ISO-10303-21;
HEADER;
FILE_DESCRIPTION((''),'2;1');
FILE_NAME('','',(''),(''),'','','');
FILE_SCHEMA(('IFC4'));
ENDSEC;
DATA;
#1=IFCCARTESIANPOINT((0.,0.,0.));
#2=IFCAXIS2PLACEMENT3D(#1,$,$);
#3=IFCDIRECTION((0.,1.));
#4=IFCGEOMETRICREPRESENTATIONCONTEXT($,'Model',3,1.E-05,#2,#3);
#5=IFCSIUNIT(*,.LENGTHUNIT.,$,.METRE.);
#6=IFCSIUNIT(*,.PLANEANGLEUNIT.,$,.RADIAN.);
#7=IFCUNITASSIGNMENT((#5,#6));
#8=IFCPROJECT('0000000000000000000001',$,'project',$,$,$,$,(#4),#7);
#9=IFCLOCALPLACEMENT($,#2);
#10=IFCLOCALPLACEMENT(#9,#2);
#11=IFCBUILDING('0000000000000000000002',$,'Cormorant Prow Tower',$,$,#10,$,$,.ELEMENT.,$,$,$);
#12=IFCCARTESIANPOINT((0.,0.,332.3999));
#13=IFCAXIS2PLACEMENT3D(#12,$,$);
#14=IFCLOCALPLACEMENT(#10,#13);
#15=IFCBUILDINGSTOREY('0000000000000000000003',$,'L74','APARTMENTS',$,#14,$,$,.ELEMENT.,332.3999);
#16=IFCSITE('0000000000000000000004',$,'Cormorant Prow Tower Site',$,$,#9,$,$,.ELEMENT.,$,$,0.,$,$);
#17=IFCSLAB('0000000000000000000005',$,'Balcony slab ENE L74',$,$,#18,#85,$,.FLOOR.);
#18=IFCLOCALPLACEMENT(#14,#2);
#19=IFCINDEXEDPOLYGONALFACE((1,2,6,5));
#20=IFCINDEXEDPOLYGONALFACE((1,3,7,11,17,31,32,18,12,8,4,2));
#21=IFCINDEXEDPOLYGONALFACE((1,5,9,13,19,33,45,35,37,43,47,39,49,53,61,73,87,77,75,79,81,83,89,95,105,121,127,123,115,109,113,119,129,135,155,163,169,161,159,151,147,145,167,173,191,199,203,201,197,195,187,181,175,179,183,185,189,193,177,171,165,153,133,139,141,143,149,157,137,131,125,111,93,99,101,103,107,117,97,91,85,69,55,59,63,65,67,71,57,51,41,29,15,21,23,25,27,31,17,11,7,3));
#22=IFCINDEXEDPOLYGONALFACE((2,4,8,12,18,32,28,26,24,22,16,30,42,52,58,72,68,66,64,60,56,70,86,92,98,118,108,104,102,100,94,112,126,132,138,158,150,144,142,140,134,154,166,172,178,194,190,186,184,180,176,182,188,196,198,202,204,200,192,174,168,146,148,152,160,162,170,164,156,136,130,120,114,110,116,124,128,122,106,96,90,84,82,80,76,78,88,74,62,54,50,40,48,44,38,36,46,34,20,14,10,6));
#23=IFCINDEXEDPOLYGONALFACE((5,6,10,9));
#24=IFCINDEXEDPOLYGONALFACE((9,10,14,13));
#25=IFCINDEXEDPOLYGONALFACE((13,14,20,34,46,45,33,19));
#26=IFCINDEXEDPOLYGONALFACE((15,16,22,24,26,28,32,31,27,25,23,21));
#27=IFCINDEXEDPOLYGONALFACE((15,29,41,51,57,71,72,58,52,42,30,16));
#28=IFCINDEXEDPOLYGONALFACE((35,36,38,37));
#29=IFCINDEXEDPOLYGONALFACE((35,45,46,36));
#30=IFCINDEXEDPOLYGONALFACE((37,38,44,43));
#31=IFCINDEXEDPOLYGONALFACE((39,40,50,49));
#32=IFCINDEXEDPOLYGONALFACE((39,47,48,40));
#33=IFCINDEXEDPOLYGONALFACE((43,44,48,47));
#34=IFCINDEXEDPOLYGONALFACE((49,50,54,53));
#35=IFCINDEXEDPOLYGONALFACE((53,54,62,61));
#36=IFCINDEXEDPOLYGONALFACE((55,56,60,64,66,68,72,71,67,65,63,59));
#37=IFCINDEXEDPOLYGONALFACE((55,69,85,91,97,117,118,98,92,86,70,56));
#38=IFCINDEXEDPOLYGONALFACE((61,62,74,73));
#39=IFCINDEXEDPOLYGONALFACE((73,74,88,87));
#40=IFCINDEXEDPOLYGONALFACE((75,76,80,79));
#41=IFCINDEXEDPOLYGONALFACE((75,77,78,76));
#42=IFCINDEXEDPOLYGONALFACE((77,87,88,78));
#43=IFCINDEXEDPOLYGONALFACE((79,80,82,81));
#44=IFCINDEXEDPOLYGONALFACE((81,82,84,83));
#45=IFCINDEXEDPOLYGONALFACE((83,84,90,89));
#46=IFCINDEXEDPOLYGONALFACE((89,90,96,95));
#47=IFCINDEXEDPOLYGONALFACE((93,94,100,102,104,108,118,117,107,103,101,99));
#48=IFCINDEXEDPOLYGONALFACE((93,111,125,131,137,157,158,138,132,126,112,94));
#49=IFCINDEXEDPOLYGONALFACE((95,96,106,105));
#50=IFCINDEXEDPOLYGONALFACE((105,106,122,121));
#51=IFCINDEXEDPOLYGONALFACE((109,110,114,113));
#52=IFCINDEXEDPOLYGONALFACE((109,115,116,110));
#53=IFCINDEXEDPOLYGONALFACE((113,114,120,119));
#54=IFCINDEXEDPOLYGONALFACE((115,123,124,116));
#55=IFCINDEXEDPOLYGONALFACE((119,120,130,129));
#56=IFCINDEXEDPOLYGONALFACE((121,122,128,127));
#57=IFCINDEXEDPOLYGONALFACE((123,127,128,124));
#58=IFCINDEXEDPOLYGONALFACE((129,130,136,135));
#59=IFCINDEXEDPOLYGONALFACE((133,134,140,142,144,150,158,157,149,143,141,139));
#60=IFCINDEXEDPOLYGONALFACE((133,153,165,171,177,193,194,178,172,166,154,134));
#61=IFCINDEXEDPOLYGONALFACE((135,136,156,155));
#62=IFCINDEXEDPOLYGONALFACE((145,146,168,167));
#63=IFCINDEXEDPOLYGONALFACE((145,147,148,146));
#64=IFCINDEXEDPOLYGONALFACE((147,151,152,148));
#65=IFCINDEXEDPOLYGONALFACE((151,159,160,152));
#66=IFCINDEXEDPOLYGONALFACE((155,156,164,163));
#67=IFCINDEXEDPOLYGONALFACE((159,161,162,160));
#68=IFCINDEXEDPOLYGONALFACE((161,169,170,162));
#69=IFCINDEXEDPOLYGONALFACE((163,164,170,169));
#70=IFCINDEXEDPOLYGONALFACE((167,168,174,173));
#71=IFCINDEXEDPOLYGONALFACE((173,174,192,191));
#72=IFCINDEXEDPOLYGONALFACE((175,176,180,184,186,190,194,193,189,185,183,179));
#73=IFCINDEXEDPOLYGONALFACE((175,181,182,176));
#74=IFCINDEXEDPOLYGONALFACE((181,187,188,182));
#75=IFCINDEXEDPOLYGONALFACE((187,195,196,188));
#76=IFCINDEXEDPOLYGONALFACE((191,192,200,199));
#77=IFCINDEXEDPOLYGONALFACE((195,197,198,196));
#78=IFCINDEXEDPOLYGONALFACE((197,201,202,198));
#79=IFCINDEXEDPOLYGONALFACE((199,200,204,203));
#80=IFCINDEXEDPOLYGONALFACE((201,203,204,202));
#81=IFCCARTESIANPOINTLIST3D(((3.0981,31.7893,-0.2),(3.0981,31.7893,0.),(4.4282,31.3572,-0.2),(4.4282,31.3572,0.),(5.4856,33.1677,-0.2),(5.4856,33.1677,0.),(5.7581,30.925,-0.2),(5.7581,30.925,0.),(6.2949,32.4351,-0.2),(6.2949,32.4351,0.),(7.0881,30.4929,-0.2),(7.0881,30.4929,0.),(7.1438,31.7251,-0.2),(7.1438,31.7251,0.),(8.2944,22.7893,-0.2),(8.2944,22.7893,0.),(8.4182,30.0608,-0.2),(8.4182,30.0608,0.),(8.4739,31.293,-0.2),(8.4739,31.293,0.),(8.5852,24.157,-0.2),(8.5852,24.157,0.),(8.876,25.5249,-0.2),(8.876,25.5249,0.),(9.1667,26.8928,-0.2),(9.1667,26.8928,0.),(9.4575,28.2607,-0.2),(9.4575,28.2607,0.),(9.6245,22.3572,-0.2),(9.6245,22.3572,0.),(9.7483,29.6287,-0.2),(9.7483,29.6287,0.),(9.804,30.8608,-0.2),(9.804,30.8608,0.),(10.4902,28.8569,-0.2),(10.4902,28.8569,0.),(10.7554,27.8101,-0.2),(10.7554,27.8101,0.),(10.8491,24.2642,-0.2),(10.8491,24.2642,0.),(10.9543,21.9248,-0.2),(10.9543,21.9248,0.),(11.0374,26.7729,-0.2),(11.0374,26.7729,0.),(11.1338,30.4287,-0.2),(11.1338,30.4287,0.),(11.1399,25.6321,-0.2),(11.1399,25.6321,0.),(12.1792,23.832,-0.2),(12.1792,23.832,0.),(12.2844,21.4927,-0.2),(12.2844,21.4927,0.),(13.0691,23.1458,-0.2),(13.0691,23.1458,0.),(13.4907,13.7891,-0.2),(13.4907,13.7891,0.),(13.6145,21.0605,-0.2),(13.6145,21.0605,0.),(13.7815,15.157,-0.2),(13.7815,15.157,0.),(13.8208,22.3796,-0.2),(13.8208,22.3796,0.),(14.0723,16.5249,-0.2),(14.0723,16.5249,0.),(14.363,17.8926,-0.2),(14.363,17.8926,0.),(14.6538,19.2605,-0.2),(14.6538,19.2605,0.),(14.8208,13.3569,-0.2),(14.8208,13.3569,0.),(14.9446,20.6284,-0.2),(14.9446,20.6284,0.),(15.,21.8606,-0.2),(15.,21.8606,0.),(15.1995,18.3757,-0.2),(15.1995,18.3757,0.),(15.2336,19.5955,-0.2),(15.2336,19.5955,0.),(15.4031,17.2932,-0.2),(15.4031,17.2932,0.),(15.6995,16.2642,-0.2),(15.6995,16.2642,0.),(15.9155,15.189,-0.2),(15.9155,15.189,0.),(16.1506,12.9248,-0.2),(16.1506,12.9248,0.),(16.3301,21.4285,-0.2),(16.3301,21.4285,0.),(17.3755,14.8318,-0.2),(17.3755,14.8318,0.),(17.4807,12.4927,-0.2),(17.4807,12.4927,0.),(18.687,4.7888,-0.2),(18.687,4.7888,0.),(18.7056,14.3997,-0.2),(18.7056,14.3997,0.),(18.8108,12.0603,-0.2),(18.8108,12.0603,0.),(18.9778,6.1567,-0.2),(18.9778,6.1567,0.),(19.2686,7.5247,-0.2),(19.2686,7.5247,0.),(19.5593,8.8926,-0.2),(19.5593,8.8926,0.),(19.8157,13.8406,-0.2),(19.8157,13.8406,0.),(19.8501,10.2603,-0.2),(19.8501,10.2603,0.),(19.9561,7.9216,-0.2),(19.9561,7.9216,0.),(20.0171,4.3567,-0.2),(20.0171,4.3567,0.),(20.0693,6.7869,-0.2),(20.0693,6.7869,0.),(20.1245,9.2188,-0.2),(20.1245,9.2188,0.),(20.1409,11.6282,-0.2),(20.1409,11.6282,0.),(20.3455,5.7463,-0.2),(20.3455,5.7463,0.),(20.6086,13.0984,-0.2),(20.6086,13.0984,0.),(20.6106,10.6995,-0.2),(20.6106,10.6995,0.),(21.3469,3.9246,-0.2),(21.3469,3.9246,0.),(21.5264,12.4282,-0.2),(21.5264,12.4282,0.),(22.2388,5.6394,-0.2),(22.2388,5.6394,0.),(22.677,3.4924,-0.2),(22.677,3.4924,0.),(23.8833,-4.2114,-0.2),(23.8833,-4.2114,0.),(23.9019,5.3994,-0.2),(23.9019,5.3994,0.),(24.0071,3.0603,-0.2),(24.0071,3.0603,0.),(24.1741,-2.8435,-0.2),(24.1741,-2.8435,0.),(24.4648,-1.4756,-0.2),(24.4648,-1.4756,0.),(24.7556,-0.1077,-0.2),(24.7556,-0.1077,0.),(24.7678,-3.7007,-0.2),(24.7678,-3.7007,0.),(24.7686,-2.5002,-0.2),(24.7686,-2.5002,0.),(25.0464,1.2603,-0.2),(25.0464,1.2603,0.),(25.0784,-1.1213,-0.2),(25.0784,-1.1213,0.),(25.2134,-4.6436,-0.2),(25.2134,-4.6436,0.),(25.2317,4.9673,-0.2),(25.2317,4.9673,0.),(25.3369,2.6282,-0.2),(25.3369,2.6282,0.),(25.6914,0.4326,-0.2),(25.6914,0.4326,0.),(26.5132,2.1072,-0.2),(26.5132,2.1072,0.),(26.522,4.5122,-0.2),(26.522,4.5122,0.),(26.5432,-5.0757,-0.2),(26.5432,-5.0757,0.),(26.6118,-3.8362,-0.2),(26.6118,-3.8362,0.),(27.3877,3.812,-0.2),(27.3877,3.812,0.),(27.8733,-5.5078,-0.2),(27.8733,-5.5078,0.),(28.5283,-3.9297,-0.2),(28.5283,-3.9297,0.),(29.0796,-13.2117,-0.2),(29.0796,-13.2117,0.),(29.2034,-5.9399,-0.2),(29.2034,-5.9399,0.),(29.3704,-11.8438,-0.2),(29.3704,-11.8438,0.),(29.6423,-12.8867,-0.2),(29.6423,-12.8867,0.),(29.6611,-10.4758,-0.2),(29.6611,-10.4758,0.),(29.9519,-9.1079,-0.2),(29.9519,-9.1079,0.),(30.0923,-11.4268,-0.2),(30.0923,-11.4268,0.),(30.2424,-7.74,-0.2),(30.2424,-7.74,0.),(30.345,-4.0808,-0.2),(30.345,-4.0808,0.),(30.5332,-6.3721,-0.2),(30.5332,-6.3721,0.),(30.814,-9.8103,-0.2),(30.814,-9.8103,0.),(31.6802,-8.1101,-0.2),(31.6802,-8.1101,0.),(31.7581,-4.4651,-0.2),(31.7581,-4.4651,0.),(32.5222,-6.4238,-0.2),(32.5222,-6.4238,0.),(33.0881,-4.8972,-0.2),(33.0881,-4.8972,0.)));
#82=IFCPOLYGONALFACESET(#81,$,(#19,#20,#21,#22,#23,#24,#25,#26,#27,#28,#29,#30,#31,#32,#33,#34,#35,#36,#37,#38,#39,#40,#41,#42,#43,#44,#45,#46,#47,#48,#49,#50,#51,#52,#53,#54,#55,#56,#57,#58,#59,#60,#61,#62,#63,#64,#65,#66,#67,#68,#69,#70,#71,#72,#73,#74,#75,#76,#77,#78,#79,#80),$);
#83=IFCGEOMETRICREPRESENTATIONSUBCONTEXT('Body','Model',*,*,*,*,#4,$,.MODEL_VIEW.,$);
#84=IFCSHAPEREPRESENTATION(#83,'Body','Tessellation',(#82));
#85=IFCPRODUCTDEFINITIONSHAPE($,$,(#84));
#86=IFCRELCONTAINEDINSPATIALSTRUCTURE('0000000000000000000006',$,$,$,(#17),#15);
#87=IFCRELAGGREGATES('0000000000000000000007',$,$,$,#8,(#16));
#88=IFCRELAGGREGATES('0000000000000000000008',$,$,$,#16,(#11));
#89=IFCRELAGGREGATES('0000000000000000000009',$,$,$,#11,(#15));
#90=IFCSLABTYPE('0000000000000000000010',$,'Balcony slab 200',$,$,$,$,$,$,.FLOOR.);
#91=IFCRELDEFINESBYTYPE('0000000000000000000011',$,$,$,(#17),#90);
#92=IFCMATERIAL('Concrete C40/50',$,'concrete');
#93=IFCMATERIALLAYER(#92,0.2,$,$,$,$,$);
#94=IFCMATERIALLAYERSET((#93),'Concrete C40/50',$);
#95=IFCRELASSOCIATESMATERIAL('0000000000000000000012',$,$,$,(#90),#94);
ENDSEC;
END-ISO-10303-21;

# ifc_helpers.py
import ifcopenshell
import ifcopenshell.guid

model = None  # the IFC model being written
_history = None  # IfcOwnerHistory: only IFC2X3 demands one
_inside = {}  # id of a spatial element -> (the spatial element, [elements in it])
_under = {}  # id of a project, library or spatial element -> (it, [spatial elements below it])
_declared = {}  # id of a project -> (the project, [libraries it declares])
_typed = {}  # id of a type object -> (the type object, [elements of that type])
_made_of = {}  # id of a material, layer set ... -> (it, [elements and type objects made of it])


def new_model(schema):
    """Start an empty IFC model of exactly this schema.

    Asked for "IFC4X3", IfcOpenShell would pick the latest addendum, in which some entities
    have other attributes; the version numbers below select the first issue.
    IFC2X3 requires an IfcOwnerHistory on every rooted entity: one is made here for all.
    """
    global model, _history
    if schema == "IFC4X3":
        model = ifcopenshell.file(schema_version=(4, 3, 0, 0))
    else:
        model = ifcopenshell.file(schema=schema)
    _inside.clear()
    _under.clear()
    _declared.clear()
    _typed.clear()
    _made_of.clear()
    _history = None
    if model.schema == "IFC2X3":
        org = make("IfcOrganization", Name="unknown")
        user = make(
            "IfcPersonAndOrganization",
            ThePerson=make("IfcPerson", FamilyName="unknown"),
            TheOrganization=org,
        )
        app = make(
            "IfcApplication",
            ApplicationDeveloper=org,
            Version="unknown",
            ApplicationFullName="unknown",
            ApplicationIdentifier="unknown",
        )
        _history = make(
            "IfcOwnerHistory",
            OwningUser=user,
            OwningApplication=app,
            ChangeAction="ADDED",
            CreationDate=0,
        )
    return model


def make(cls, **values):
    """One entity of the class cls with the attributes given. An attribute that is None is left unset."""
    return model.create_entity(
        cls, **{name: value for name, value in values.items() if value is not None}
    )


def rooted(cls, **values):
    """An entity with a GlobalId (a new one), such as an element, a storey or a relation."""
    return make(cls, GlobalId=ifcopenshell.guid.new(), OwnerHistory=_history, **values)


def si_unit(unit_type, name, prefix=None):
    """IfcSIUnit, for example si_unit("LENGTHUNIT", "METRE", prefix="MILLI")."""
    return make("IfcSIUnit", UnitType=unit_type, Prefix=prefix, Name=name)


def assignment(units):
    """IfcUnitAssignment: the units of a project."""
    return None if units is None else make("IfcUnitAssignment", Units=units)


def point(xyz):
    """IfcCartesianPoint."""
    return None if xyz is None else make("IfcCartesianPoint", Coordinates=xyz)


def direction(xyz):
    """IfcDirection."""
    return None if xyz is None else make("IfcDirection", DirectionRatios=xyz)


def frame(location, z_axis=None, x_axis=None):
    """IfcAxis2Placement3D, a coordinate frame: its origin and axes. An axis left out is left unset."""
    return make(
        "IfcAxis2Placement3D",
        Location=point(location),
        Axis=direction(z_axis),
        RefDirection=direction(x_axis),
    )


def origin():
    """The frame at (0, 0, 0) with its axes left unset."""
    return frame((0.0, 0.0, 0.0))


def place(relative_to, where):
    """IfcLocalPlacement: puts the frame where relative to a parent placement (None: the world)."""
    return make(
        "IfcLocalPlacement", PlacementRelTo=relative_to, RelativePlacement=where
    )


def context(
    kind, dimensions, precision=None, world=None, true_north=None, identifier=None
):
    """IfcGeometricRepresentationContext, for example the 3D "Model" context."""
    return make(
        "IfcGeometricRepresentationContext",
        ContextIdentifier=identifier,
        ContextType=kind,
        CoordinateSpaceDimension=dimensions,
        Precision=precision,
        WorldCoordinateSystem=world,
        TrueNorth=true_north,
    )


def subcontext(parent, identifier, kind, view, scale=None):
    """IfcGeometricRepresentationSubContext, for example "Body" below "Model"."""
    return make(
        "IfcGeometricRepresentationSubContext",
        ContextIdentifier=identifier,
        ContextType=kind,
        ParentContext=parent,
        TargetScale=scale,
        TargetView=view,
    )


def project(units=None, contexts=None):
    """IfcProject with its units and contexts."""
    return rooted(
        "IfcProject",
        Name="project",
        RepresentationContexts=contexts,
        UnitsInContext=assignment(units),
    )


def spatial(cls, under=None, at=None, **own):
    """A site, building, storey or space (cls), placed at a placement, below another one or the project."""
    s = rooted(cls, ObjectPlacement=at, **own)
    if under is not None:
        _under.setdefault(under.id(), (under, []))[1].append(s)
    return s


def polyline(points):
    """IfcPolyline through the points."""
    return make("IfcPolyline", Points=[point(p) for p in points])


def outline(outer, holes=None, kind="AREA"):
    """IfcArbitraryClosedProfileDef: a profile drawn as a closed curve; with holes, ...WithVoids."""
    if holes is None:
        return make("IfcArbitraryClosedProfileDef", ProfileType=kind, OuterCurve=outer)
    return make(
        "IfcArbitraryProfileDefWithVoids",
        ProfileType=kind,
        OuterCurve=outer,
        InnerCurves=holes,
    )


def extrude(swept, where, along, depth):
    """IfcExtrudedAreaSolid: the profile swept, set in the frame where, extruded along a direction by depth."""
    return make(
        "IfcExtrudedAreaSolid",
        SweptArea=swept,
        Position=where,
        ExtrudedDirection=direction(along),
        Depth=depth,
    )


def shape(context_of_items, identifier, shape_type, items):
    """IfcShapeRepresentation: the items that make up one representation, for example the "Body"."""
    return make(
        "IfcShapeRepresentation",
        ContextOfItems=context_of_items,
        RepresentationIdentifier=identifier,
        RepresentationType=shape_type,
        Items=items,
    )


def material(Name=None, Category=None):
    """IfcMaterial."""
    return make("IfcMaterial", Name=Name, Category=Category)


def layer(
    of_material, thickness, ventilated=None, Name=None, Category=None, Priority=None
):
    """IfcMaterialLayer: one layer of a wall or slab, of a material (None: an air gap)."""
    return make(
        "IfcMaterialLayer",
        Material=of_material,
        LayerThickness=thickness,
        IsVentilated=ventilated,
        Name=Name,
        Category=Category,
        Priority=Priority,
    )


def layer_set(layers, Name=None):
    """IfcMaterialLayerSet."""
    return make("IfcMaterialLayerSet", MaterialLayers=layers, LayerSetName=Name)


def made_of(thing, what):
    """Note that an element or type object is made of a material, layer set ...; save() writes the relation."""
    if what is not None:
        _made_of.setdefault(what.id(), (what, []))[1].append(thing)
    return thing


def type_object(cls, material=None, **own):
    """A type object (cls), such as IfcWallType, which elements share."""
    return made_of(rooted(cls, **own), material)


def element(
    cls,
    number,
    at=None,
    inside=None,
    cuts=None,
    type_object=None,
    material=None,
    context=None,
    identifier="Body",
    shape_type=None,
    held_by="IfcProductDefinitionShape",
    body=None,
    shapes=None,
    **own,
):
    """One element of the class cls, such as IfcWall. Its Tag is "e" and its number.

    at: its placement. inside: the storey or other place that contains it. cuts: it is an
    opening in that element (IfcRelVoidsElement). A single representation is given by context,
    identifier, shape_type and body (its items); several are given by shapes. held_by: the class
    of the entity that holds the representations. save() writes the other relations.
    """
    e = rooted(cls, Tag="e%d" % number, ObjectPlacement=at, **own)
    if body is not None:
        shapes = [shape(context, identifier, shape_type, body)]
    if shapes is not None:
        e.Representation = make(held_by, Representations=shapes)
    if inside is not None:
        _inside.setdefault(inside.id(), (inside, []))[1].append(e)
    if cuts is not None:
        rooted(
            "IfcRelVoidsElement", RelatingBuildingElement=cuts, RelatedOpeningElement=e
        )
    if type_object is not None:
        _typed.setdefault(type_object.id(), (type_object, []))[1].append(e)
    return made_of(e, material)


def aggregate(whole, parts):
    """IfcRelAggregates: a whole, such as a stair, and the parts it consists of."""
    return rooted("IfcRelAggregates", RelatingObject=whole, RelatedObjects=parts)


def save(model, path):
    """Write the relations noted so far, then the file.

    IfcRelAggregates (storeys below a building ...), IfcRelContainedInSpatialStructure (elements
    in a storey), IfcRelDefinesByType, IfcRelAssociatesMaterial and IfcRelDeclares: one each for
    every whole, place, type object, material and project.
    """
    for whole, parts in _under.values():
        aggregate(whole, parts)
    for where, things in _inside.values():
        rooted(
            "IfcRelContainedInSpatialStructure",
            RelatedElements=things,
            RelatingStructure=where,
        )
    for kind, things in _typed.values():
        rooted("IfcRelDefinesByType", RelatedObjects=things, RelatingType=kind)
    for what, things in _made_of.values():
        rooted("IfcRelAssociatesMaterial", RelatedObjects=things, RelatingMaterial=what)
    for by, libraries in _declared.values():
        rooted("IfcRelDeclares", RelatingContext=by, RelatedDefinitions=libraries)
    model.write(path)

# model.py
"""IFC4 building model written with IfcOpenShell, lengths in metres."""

from ifc_helpers import new_model, si_unit, direction, frame, origin, place, context, subcontext, project, spatial, polyline, outline, extrude, material, layer, layer_set, type_object, element, save


model = new_model("IFC4")

# Units and contexts
model_context = context("Model", 3, precision=1e-05, world=origin(), true_north=direction((0.0, 1.0)))
body_context = subcontext(model_context, "Body", "Model", "MODEL_VIEW")
ifc_project = project(units=[si_unit("LENGTHUNIT", "METRE"), si_unit("PLANEANGLEUNIT", "RADIAN")], contexts=[model_context])

# Site, building, storey
site_placement = place(None, origin())
site = spatial("IfcSite", under=ifc_project, at=site_placement, Name="Cormorant Prow Tower Site", CompositionType="ELEMENT", RefElevation=0.0)
building_placement = place(site_placement, origin())
building = spatial("IfcBuilding", under=site, at=building_placement, Name="Cormorant Prow Tower", CompositionType="ELEMENT")
storey_placement = place(building_placement, frame((0.0, 0.0, 332.3999)))
storey = spatial("IfcBuildingStorey", under=building, at=storey_placement, Name="L74", Description="APARTMENTS", CompositionType="ELEMENT", Elevation=332.3999)

# Slab
ifc_material_1 = material(Name="Concrete C40/50", Category="concrete")
ifc_layer_1 = layer(ifc_material_1, 0.2)
ifc_layer_set_1 = layer_set([ifc_layer_1], Name="Concrete C40/50")
slab_type_1 = type_object("IfcSlabType", Name="Balcony slab 200", PredefinedType="FLOOR", material=ifc_layer_set_1)
slab_1_placement = place(storey_placement, frame((0.0, 0.0, -0.2)))
element("IfcSlab", 1, at=slab_1_placement, inside=storey, type_object=slab_type_1, Name="Balcony slab ENE L74", PredefinedType="FLOOR", context=body_context, shape_type="SweptSolid", body=[
    extrude(outline(polyline([(29.0796, -13.2117), (29.6423, -12.8867), (30.0923, -11.4268), (30.814, -9.8103), (31.6802, -8.1101), (32.5222, -6.4238), (33.0881, -4.8972), (31.7581, -4.4651), (30.345, -4.0808), (28.5283, -3.9297), (26.6118, -3.8362), (24.7678, -3.7007), (24.7686, -2.5002), (25.0784, -1.1213), (25.6914, 0.4326), (26.5132, 2.1072), (27.3877, 3.812), (26.522, 4.5122), (25.2317, 4.9673), (23.9019, 5.3994), (22.2388, 5.6394), (20.3455, 5.7463), (20.0693, 6.7869), (19.9561, 7.9216), (20.1245, 9.2188), (20.6106, 10.6995), (21.5264, 12.4282), (20.6086, 13.0984), (19.8157, 13.8406), (18.7056, 14.3997), (17.3755, 14.8318), (15.9155, 15.189), (15.6995, 16.2642), (15.4031, 17.2932), (15.1995, 18.3757), (15.2336, 19.5955), (16.3301, 21.4285), (15.0, 21.8606), (13.8208, 22.3796), (13.0691, 23.1458), (12.1792, 23.832), (10.8491, 24.2642), (11.1399, 25.6321), (11.0374, 26.7729), (10.7554, 27.8101), (10.4902, 28.8569), (11.1338, 30.4287), (9.804, 30.8608), (8.4739, 31.293), (7.1438, 31.7251), (6.2949, 32.4351), (5.4856, 33.1677), (3.0981, 31.7893), (4.4282, 31.3572), (5.7581, 30.925), (7.0881, 30.4929), (8.4182, 30.0608), (9.7483, 29.6287), (9.4575, 28.2607), (9.1667, 26.8928), (8.876, 25.5249), (8.5852, 24.157), (8.2944, 22.7893), (9.6245, 22.3572), (10.9543, 21.9248), (12.2844, 21.4927), (13.6145, 21.0605), (14.9446, 20.6284), (14.6538, 19.2605), (14.363, 17.8926), (14.0723, 16.5249), (13.7815, 15.157), (13.4907, 13.7891), (14.8208, 13.3569), (16.1506, 12.9248), (17.4807, 12.4927), (18.8108, 12.0603), (20.1409, 11.6282), (19.8501, 10.2603), (19.5593, 8.8926), (19.2686, 7.5247), (18.9778, 6.1567), (18.687, 4.7888), (20.0171, 4.3567), (21.3469, 3.9246), (22.677, 3.4924), (24.0071, 3.0603), (25.3369, 2.6282), (25.0464, 1.2603), (24.7556, -0.1077), (24.4648, -1.4756), (24.1741, -2.8435), (23.8833, -4.2114), (25.2134, -4.6436), (26.5432, -5.0757), (27.8733, -5.5078), (29.2034, -5.9399), (30.5332, -6.3721), (30.2424, -7.74), (29.9519, -9.1079), (29.6611, -10.4758), (29.3704, -11.8438), (29.0796, -13.2117)])), origin(), (0.0, 0.0, 1.0), 0.2),
])

save(model, "model.ifc")
